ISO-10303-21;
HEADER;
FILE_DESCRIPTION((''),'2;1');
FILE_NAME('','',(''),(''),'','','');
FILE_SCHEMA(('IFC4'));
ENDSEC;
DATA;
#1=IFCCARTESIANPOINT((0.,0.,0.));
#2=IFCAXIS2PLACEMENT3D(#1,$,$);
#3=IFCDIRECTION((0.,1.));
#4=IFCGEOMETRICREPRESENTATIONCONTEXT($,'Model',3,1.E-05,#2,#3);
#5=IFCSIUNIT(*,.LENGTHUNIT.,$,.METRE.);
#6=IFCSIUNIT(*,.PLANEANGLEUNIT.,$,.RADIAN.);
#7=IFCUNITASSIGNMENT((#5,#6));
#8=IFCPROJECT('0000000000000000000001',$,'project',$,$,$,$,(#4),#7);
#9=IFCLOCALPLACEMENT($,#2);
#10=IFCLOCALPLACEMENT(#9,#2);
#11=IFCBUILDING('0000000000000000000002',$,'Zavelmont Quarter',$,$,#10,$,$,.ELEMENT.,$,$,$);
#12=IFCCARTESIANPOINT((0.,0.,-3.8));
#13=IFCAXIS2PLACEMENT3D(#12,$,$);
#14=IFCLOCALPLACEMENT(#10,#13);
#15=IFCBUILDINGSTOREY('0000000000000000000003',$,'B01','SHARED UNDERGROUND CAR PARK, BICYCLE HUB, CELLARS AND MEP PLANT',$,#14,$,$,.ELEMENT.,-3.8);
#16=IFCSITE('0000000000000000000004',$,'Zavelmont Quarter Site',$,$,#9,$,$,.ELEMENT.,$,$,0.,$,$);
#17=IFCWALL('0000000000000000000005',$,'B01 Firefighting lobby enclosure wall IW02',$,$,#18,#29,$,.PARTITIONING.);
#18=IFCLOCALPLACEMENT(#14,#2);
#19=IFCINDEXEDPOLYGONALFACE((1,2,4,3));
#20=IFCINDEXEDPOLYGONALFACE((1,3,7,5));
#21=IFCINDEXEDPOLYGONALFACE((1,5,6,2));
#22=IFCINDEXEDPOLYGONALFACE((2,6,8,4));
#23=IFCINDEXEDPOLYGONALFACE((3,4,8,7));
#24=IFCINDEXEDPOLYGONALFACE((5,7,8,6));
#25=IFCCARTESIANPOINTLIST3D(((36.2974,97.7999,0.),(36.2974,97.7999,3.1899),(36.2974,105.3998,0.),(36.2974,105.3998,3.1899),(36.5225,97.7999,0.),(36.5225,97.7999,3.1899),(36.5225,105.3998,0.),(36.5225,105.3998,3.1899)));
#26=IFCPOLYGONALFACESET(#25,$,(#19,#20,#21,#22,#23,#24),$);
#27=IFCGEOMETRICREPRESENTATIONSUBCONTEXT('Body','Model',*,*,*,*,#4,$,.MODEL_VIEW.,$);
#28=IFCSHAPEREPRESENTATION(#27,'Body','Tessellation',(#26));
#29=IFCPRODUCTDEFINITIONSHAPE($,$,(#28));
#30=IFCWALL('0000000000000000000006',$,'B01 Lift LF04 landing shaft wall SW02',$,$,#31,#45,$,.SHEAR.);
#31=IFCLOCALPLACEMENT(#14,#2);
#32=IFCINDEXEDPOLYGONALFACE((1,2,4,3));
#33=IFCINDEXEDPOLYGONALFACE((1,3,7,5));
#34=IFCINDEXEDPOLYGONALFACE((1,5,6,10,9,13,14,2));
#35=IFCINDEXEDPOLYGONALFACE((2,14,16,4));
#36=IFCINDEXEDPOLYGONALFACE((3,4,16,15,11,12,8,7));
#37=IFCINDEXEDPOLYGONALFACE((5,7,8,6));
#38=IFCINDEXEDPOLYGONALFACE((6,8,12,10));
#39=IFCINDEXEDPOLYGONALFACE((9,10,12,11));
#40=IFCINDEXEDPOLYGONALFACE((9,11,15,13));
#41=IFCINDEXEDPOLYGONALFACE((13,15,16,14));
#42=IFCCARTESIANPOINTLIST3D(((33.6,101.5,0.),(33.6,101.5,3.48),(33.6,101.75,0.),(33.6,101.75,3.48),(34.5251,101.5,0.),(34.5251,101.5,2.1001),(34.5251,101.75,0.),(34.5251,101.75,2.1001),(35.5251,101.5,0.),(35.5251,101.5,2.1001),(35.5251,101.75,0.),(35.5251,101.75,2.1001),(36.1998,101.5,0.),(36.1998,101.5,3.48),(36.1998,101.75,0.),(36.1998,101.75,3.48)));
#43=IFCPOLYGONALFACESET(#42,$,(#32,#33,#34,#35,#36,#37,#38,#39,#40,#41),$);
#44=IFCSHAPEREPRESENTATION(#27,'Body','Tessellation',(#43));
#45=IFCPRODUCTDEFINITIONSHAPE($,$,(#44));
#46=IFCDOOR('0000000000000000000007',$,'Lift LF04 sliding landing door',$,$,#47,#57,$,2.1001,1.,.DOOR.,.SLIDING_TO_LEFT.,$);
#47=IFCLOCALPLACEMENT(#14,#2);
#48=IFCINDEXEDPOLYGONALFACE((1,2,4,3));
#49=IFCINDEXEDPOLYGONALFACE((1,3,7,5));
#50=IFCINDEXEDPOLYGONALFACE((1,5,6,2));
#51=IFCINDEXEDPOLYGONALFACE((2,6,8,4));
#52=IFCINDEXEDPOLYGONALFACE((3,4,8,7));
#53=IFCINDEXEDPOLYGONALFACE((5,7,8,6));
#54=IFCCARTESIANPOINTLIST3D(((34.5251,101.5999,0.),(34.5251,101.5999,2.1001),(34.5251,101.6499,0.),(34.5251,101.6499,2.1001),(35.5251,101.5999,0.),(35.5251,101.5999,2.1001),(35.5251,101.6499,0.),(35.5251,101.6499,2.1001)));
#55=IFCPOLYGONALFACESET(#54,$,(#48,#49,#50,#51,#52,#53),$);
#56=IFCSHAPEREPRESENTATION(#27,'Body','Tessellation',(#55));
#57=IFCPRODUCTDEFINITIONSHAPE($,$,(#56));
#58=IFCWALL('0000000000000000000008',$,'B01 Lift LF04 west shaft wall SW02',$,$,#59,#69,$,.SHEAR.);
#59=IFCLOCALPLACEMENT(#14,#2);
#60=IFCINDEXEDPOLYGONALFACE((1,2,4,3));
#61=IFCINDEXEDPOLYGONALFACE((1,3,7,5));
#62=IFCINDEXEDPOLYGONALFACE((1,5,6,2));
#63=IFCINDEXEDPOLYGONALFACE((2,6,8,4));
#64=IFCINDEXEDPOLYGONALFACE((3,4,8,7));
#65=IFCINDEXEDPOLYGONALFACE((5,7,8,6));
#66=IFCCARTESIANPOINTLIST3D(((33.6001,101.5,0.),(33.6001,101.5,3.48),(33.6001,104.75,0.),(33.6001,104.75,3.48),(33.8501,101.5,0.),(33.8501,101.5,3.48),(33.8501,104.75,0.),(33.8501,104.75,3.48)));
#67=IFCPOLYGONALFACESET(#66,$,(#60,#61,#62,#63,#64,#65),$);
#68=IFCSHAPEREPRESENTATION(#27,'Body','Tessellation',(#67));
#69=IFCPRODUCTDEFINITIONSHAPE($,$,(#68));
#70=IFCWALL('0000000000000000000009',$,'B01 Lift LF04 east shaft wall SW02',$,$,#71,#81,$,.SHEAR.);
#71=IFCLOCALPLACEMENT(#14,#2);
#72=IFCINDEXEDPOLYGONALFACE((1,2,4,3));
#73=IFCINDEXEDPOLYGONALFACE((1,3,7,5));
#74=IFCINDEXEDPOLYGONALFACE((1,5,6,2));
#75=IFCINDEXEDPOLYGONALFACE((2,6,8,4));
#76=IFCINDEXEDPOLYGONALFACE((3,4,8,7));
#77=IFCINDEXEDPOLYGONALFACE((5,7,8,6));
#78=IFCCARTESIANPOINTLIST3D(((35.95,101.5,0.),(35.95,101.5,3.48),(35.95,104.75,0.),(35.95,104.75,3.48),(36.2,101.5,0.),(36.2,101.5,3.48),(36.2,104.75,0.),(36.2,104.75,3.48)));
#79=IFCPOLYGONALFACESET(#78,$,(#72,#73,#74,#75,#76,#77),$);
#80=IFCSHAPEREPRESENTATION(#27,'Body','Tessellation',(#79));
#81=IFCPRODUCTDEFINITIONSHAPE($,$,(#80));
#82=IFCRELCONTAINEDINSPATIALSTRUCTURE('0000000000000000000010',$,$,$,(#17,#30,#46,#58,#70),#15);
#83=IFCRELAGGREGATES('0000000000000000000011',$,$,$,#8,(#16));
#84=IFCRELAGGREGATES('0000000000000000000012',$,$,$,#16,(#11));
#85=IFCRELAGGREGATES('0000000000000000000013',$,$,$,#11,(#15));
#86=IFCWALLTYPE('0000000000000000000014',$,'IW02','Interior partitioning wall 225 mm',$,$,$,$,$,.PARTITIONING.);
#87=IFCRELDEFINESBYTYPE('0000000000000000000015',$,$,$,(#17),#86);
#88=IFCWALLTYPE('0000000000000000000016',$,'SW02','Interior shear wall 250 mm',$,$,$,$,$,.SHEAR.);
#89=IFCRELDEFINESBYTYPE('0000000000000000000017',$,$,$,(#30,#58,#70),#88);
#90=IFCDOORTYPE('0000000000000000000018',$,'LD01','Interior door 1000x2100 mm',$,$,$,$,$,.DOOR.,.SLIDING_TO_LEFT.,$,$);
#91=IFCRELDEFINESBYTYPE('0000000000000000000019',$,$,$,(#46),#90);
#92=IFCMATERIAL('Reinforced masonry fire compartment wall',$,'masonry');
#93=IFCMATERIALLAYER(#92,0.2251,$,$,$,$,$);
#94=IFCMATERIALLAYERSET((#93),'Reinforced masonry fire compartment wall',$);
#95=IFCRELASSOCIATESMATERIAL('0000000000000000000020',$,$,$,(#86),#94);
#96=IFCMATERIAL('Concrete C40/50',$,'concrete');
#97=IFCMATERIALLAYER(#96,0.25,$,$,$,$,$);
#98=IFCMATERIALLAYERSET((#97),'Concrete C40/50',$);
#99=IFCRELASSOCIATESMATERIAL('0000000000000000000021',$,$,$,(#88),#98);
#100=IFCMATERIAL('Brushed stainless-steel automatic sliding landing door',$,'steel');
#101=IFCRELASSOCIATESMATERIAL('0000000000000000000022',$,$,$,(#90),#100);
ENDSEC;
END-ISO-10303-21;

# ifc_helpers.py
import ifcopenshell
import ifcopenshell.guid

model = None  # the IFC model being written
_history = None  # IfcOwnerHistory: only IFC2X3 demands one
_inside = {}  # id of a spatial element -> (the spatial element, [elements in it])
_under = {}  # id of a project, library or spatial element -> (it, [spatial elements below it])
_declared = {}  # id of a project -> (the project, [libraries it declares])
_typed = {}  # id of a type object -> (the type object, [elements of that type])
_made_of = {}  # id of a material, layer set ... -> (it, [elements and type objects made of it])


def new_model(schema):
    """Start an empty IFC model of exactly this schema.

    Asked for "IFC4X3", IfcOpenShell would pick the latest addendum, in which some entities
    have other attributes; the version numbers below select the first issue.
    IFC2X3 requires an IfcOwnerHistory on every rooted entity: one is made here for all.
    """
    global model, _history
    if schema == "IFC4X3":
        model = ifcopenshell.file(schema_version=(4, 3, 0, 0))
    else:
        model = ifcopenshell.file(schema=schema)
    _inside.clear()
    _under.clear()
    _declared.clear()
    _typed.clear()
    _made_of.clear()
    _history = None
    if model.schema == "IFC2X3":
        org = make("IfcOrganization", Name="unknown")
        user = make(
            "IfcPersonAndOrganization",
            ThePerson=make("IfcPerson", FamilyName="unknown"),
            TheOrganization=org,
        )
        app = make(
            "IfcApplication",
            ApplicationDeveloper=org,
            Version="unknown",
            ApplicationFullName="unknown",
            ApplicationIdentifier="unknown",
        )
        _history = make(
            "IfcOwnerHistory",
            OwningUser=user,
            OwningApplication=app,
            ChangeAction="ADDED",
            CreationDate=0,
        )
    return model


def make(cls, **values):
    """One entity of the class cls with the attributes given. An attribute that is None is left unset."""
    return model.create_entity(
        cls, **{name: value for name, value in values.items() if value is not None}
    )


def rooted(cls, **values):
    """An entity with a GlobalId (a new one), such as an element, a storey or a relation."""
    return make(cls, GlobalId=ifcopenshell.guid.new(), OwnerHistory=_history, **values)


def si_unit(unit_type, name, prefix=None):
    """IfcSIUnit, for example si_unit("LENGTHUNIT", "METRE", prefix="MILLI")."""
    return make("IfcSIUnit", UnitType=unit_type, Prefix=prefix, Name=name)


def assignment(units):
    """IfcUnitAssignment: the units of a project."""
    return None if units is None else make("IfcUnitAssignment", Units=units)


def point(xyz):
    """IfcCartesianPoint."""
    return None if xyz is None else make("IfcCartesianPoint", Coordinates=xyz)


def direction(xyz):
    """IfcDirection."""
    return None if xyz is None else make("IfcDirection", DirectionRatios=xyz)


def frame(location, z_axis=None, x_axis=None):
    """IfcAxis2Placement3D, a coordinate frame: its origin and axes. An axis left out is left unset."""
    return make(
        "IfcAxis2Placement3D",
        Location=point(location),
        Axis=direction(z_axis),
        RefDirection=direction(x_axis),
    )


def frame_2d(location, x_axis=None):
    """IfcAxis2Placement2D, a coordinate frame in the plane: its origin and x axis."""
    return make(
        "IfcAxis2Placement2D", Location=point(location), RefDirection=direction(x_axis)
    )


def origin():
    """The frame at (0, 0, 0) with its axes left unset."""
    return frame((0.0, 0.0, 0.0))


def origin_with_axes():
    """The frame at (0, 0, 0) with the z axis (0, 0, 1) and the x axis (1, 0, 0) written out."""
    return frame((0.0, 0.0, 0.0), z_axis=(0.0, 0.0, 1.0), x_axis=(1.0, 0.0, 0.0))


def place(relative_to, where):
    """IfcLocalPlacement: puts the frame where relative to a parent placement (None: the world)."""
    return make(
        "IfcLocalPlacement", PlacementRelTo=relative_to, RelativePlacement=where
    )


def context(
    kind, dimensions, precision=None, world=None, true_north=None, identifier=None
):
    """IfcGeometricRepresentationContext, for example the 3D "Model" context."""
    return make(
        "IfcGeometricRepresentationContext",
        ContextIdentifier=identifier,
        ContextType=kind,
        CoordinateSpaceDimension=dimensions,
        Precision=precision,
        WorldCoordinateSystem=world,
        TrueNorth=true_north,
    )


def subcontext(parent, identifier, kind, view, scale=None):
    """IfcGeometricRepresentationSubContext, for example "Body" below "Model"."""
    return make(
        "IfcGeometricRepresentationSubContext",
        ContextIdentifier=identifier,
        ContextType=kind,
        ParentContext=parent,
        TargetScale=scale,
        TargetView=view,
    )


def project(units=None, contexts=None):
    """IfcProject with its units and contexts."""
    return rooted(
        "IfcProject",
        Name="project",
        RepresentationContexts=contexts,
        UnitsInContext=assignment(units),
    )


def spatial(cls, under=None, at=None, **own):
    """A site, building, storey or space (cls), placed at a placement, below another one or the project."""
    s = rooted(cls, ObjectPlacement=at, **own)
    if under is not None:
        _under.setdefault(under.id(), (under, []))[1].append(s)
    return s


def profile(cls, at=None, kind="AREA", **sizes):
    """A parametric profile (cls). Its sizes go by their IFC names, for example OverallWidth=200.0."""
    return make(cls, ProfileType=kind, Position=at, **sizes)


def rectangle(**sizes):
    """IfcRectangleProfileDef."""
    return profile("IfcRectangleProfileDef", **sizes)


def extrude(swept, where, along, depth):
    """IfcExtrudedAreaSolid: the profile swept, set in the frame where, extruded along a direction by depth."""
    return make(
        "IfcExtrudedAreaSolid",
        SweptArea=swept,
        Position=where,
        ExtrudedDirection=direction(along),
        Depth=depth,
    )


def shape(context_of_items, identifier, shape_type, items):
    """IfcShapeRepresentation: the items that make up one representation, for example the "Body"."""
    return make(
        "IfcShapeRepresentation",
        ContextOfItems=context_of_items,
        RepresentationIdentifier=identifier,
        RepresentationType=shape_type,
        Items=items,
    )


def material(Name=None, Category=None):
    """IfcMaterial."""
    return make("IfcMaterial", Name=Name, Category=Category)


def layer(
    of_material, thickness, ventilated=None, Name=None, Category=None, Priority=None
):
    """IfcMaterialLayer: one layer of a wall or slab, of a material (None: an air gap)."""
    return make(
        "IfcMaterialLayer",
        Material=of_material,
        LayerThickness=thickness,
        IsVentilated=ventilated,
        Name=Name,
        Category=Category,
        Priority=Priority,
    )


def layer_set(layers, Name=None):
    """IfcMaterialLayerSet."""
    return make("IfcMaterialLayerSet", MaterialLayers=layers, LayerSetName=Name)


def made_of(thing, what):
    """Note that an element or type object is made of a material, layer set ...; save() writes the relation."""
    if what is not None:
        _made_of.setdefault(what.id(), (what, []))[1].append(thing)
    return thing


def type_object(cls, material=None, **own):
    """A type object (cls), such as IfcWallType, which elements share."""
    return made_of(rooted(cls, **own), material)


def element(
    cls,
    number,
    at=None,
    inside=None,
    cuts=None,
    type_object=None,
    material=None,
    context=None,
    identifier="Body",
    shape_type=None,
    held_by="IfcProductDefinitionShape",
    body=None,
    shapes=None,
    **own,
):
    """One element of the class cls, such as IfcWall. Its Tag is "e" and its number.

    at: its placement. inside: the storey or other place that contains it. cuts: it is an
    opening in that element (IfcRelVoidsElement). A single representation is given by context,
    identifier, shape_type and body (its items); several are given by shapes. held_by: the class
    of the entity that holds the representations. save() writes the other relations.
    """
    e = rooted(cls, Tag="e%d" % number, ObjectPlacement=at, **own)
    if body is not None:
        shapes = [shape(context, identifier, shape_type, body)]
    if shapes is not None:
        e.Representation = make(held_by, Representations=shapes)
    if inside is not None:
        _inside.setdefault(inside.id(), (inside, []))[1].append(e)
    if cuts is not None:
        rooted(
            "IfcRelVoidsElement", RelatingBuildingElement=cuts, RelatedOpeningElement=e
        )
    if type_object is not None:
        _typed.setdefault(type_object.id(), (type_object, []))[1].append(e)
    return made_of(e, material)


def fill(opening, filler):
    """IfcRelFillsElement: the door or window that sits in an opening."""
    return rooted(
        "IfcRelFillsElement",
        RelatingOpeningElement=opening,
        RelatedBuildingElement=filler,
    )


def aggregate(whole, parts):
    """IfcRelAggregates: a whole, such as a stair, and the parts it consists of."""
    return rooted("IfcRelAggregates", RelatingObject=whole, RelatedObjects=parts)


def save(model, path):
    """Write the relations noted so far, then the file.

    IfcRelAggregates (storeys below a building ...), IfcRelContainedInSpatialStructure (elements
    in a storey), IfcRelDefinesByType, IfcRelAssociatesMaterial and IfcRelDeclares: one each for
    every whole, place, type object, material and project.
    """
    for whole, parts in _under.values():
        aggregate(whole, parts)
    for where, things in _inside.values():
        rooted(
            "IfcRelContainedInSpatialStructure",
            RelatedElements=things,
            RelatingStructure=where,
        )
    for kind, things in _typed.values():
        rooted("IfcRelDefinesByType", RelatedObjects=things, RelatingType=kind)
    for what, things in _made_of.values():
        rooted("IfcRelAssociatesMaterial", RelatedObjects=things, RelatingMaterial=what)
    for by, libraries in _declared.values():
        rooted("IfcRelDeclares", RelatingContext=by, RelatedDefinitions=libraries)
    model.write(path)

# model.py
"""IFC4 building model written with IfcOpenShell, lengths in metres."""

from ifc_helpers import new_model, si_unit, direction, frame, frame_2d, origin, origin_with_axes, place, context, subcontext, project, spatial, rectangle, extrude, material, layer, layer_set, type_object, element, fill, save


model = new_model("IFC4")

# Units and contexts
model_context = context("Model", 3, precision=1e-05, world=origin(), true_north=direction((0.0, 1.0)))
body_context = subcontext(model_context, "Body", "Model", "MODEL_VIEW")
ifc_project = project(units=[si_unit("LENGTHUNIT", "METRE"), si_unit("PLANEANGLEUNIT", "RADIAN")], contexts=[model_context])

# Site, building, storey
site_placement = place(None, origin())
site = spatial("IfcSite", under=ifc_project, at=site_placement, Name="Zavelmont Quarter Site", CompositionType="ELEMENT", RefElevation=0.0)
building_placement = place(site_placement, origin())
building = spatial("IfcBuilding", under=site, at=building_placement, Name="Zavelmont Quarter", CompositionType="ELEMENT")
storey_placement = place(building_placement, frame((0.0, 0.0, -3.8)))
storey = spatial("IfcBuildingStorey", under=building, at=storey_placement, Name="B01", Description="SHARED UNDERGROUND CAR PARK, BICYCLE HUB, CELLARS AND MEP PLANT", CompositionType="ELEMENT", Elevation=-3.8)

# Shared definitions
ifc_material_1 = material(Name="Concrete C40/50", Category="concrete")

# Wall
ifc_material_2 = material(Name="Reinforced masonry fire compartment wall", Category="masonry")
ifc_layer_1 = layer(ifc_material_2, 0.2251)
ifc_layer_set_1 = layer_set([ifc_layer_1], Name="Reinforced masonry fire compartment wall")
wall_type_1 = type_object("IfcWallType", Name="IW02", Description="Interior partitioning wall 225 mm", PredefinedType="PARTITIONING", material=ifc_layer_set_1)
wall_1_placement = place(storey_placement, frame((36.4099, 97.8, 0.0), z_axis=(0.0, 0.0, 1.0), x_axis=(0.0, 1.0, 0.0)))
element("IfcWall", 1, at=wall_1_placement, inside=storey, type_object=wall_type_1, Name="B01 Firefighting lobby enclosure wall IW02", PredefinedType="PARTITIONING", context=body_context, shape_type="SweptSolid", body=[
    extrude(rectangle(XDim=7.5999, YDim=0.2251, at=frame_2d((3.7998, 0.0))), origin(), (0.0, 0.0, 1.0), 3.1899),
])

# Wall, opening, door
ifc_layer_2 = layer(ifc_material_1, 0.25)
ifc_layer_set_2 = layer_set([ifc_layer_2], Name="Concrete C40/50")
wall_type_2 = type_object("IfcWallType", Name="SW02", Description="Interior shear wall 250 mm", PredefinedType="SHEAR", material=ifc_layer_set_2)
wall_2_placement = place(storey_placement, frame((33.6001, 101.625, 0.0), z_axis=(0.0, 0.0, 1.0), x_axis=(1.0, 0.0, 0.0)))
wall_2 = element("IfcWall", 2, at=wall_2_placement, inside=storey, type_object=wall_type_2, Name="B01 Lift LF04 landing shaft wall SW02", PredefinedType="SHEAR", context=body_context, shape_type="SweptSolid", body=[
    extrude(rectangle(XDim=2.5999, YDim=0.25, at=frame_2d((1.2998, 0.0))), origin(), (0.0, 0.0, 1.0), 3.48),
])
opening_placement = place(wall_2_placement, frame((0.925, 0.0, 0.0)))
opening = element("IfcOpeningElement", 3, at=opening_placement, cuts=wall_2, PredefinedType="OPENING", context=body_context, shape_type="SweptSolid", body=[
    extrude(rectangle(XDim=1.0, YDim=2.1001, at=frame_2d((0.5, 1.05))), frame((0.0, 0.137, 0.0), z_axis=(0.0, -1.0, 0.0), x_axis=(1.0, 0.0, 0.0)), (0.0, 0.0, 1.0), 0.2739),
])
ifc_material_3 = material(Name="Brushed stainless-steel automatic sliding landing door", Category="steel")
door_type = type_object("IfcDoorType", Name="LD01", Description="Interior door 1000x2100 mm", OperationType="SLIDING_TO_LEFT", PredefinedType="DOOR", material=ifc_material_3)
door_placement = place(opening_placement, origin_with_axes())
door = element("IfcDoor", 4, at=door_placement, inside=storey, type_object=door_type, Name="Lift LF04 sliding landing door", OperationType="SLIDING_TO_LEFT", OverallHeight=2.1001, OverallWidth=1.0, PredefinedType="DOOR", context=body_context, shape_type="SweptSolid", body=[
    extrude(rectangle(XDim=1.0, YDim=2.1001, at=frame_2d((0.5, 1.05))), frame((0.0, 0.0249, 0.0), z_axis=(0.0, -1.0, 0.0), x_axis=(1.0, 0.0, 0.0)), (0.0, 0.0, 1.0), 0.05),
])
fill(opening, door)

# Walls
for number, where, z_axis, x_axis, name in (
    (5, (33.7251, 101.5, 0.0), (0.0, 0.0, 1.0), (0.0, 1.0, 0.0), "B01 Lift LF04 west shaft wall SW02"),
    (6, (36.075, 101.5, 0.0), (0.0, 0.0, 1.0), (0.0, 1.0, 0.0), "B01 Lift LF04 east shaft wall SW02"),
):
    element("IfcWall", number, at=place(storey_placement, frame(where, z_axis=z_axis, x_axis=x_axis)), inside=storey, type_object=wall_type_2, Name=name, PredefinedType="SHEAR", context=body_context, shape_type="SweptSolid", body=[
        extrude(rectangle(XDim=3.25, YDim=0.25, at=frame_2d((1.625, 0.0))), origin(), (0.0, 0.0, 1.0), 3.48),
    ])

save(model, "model.ifc")
